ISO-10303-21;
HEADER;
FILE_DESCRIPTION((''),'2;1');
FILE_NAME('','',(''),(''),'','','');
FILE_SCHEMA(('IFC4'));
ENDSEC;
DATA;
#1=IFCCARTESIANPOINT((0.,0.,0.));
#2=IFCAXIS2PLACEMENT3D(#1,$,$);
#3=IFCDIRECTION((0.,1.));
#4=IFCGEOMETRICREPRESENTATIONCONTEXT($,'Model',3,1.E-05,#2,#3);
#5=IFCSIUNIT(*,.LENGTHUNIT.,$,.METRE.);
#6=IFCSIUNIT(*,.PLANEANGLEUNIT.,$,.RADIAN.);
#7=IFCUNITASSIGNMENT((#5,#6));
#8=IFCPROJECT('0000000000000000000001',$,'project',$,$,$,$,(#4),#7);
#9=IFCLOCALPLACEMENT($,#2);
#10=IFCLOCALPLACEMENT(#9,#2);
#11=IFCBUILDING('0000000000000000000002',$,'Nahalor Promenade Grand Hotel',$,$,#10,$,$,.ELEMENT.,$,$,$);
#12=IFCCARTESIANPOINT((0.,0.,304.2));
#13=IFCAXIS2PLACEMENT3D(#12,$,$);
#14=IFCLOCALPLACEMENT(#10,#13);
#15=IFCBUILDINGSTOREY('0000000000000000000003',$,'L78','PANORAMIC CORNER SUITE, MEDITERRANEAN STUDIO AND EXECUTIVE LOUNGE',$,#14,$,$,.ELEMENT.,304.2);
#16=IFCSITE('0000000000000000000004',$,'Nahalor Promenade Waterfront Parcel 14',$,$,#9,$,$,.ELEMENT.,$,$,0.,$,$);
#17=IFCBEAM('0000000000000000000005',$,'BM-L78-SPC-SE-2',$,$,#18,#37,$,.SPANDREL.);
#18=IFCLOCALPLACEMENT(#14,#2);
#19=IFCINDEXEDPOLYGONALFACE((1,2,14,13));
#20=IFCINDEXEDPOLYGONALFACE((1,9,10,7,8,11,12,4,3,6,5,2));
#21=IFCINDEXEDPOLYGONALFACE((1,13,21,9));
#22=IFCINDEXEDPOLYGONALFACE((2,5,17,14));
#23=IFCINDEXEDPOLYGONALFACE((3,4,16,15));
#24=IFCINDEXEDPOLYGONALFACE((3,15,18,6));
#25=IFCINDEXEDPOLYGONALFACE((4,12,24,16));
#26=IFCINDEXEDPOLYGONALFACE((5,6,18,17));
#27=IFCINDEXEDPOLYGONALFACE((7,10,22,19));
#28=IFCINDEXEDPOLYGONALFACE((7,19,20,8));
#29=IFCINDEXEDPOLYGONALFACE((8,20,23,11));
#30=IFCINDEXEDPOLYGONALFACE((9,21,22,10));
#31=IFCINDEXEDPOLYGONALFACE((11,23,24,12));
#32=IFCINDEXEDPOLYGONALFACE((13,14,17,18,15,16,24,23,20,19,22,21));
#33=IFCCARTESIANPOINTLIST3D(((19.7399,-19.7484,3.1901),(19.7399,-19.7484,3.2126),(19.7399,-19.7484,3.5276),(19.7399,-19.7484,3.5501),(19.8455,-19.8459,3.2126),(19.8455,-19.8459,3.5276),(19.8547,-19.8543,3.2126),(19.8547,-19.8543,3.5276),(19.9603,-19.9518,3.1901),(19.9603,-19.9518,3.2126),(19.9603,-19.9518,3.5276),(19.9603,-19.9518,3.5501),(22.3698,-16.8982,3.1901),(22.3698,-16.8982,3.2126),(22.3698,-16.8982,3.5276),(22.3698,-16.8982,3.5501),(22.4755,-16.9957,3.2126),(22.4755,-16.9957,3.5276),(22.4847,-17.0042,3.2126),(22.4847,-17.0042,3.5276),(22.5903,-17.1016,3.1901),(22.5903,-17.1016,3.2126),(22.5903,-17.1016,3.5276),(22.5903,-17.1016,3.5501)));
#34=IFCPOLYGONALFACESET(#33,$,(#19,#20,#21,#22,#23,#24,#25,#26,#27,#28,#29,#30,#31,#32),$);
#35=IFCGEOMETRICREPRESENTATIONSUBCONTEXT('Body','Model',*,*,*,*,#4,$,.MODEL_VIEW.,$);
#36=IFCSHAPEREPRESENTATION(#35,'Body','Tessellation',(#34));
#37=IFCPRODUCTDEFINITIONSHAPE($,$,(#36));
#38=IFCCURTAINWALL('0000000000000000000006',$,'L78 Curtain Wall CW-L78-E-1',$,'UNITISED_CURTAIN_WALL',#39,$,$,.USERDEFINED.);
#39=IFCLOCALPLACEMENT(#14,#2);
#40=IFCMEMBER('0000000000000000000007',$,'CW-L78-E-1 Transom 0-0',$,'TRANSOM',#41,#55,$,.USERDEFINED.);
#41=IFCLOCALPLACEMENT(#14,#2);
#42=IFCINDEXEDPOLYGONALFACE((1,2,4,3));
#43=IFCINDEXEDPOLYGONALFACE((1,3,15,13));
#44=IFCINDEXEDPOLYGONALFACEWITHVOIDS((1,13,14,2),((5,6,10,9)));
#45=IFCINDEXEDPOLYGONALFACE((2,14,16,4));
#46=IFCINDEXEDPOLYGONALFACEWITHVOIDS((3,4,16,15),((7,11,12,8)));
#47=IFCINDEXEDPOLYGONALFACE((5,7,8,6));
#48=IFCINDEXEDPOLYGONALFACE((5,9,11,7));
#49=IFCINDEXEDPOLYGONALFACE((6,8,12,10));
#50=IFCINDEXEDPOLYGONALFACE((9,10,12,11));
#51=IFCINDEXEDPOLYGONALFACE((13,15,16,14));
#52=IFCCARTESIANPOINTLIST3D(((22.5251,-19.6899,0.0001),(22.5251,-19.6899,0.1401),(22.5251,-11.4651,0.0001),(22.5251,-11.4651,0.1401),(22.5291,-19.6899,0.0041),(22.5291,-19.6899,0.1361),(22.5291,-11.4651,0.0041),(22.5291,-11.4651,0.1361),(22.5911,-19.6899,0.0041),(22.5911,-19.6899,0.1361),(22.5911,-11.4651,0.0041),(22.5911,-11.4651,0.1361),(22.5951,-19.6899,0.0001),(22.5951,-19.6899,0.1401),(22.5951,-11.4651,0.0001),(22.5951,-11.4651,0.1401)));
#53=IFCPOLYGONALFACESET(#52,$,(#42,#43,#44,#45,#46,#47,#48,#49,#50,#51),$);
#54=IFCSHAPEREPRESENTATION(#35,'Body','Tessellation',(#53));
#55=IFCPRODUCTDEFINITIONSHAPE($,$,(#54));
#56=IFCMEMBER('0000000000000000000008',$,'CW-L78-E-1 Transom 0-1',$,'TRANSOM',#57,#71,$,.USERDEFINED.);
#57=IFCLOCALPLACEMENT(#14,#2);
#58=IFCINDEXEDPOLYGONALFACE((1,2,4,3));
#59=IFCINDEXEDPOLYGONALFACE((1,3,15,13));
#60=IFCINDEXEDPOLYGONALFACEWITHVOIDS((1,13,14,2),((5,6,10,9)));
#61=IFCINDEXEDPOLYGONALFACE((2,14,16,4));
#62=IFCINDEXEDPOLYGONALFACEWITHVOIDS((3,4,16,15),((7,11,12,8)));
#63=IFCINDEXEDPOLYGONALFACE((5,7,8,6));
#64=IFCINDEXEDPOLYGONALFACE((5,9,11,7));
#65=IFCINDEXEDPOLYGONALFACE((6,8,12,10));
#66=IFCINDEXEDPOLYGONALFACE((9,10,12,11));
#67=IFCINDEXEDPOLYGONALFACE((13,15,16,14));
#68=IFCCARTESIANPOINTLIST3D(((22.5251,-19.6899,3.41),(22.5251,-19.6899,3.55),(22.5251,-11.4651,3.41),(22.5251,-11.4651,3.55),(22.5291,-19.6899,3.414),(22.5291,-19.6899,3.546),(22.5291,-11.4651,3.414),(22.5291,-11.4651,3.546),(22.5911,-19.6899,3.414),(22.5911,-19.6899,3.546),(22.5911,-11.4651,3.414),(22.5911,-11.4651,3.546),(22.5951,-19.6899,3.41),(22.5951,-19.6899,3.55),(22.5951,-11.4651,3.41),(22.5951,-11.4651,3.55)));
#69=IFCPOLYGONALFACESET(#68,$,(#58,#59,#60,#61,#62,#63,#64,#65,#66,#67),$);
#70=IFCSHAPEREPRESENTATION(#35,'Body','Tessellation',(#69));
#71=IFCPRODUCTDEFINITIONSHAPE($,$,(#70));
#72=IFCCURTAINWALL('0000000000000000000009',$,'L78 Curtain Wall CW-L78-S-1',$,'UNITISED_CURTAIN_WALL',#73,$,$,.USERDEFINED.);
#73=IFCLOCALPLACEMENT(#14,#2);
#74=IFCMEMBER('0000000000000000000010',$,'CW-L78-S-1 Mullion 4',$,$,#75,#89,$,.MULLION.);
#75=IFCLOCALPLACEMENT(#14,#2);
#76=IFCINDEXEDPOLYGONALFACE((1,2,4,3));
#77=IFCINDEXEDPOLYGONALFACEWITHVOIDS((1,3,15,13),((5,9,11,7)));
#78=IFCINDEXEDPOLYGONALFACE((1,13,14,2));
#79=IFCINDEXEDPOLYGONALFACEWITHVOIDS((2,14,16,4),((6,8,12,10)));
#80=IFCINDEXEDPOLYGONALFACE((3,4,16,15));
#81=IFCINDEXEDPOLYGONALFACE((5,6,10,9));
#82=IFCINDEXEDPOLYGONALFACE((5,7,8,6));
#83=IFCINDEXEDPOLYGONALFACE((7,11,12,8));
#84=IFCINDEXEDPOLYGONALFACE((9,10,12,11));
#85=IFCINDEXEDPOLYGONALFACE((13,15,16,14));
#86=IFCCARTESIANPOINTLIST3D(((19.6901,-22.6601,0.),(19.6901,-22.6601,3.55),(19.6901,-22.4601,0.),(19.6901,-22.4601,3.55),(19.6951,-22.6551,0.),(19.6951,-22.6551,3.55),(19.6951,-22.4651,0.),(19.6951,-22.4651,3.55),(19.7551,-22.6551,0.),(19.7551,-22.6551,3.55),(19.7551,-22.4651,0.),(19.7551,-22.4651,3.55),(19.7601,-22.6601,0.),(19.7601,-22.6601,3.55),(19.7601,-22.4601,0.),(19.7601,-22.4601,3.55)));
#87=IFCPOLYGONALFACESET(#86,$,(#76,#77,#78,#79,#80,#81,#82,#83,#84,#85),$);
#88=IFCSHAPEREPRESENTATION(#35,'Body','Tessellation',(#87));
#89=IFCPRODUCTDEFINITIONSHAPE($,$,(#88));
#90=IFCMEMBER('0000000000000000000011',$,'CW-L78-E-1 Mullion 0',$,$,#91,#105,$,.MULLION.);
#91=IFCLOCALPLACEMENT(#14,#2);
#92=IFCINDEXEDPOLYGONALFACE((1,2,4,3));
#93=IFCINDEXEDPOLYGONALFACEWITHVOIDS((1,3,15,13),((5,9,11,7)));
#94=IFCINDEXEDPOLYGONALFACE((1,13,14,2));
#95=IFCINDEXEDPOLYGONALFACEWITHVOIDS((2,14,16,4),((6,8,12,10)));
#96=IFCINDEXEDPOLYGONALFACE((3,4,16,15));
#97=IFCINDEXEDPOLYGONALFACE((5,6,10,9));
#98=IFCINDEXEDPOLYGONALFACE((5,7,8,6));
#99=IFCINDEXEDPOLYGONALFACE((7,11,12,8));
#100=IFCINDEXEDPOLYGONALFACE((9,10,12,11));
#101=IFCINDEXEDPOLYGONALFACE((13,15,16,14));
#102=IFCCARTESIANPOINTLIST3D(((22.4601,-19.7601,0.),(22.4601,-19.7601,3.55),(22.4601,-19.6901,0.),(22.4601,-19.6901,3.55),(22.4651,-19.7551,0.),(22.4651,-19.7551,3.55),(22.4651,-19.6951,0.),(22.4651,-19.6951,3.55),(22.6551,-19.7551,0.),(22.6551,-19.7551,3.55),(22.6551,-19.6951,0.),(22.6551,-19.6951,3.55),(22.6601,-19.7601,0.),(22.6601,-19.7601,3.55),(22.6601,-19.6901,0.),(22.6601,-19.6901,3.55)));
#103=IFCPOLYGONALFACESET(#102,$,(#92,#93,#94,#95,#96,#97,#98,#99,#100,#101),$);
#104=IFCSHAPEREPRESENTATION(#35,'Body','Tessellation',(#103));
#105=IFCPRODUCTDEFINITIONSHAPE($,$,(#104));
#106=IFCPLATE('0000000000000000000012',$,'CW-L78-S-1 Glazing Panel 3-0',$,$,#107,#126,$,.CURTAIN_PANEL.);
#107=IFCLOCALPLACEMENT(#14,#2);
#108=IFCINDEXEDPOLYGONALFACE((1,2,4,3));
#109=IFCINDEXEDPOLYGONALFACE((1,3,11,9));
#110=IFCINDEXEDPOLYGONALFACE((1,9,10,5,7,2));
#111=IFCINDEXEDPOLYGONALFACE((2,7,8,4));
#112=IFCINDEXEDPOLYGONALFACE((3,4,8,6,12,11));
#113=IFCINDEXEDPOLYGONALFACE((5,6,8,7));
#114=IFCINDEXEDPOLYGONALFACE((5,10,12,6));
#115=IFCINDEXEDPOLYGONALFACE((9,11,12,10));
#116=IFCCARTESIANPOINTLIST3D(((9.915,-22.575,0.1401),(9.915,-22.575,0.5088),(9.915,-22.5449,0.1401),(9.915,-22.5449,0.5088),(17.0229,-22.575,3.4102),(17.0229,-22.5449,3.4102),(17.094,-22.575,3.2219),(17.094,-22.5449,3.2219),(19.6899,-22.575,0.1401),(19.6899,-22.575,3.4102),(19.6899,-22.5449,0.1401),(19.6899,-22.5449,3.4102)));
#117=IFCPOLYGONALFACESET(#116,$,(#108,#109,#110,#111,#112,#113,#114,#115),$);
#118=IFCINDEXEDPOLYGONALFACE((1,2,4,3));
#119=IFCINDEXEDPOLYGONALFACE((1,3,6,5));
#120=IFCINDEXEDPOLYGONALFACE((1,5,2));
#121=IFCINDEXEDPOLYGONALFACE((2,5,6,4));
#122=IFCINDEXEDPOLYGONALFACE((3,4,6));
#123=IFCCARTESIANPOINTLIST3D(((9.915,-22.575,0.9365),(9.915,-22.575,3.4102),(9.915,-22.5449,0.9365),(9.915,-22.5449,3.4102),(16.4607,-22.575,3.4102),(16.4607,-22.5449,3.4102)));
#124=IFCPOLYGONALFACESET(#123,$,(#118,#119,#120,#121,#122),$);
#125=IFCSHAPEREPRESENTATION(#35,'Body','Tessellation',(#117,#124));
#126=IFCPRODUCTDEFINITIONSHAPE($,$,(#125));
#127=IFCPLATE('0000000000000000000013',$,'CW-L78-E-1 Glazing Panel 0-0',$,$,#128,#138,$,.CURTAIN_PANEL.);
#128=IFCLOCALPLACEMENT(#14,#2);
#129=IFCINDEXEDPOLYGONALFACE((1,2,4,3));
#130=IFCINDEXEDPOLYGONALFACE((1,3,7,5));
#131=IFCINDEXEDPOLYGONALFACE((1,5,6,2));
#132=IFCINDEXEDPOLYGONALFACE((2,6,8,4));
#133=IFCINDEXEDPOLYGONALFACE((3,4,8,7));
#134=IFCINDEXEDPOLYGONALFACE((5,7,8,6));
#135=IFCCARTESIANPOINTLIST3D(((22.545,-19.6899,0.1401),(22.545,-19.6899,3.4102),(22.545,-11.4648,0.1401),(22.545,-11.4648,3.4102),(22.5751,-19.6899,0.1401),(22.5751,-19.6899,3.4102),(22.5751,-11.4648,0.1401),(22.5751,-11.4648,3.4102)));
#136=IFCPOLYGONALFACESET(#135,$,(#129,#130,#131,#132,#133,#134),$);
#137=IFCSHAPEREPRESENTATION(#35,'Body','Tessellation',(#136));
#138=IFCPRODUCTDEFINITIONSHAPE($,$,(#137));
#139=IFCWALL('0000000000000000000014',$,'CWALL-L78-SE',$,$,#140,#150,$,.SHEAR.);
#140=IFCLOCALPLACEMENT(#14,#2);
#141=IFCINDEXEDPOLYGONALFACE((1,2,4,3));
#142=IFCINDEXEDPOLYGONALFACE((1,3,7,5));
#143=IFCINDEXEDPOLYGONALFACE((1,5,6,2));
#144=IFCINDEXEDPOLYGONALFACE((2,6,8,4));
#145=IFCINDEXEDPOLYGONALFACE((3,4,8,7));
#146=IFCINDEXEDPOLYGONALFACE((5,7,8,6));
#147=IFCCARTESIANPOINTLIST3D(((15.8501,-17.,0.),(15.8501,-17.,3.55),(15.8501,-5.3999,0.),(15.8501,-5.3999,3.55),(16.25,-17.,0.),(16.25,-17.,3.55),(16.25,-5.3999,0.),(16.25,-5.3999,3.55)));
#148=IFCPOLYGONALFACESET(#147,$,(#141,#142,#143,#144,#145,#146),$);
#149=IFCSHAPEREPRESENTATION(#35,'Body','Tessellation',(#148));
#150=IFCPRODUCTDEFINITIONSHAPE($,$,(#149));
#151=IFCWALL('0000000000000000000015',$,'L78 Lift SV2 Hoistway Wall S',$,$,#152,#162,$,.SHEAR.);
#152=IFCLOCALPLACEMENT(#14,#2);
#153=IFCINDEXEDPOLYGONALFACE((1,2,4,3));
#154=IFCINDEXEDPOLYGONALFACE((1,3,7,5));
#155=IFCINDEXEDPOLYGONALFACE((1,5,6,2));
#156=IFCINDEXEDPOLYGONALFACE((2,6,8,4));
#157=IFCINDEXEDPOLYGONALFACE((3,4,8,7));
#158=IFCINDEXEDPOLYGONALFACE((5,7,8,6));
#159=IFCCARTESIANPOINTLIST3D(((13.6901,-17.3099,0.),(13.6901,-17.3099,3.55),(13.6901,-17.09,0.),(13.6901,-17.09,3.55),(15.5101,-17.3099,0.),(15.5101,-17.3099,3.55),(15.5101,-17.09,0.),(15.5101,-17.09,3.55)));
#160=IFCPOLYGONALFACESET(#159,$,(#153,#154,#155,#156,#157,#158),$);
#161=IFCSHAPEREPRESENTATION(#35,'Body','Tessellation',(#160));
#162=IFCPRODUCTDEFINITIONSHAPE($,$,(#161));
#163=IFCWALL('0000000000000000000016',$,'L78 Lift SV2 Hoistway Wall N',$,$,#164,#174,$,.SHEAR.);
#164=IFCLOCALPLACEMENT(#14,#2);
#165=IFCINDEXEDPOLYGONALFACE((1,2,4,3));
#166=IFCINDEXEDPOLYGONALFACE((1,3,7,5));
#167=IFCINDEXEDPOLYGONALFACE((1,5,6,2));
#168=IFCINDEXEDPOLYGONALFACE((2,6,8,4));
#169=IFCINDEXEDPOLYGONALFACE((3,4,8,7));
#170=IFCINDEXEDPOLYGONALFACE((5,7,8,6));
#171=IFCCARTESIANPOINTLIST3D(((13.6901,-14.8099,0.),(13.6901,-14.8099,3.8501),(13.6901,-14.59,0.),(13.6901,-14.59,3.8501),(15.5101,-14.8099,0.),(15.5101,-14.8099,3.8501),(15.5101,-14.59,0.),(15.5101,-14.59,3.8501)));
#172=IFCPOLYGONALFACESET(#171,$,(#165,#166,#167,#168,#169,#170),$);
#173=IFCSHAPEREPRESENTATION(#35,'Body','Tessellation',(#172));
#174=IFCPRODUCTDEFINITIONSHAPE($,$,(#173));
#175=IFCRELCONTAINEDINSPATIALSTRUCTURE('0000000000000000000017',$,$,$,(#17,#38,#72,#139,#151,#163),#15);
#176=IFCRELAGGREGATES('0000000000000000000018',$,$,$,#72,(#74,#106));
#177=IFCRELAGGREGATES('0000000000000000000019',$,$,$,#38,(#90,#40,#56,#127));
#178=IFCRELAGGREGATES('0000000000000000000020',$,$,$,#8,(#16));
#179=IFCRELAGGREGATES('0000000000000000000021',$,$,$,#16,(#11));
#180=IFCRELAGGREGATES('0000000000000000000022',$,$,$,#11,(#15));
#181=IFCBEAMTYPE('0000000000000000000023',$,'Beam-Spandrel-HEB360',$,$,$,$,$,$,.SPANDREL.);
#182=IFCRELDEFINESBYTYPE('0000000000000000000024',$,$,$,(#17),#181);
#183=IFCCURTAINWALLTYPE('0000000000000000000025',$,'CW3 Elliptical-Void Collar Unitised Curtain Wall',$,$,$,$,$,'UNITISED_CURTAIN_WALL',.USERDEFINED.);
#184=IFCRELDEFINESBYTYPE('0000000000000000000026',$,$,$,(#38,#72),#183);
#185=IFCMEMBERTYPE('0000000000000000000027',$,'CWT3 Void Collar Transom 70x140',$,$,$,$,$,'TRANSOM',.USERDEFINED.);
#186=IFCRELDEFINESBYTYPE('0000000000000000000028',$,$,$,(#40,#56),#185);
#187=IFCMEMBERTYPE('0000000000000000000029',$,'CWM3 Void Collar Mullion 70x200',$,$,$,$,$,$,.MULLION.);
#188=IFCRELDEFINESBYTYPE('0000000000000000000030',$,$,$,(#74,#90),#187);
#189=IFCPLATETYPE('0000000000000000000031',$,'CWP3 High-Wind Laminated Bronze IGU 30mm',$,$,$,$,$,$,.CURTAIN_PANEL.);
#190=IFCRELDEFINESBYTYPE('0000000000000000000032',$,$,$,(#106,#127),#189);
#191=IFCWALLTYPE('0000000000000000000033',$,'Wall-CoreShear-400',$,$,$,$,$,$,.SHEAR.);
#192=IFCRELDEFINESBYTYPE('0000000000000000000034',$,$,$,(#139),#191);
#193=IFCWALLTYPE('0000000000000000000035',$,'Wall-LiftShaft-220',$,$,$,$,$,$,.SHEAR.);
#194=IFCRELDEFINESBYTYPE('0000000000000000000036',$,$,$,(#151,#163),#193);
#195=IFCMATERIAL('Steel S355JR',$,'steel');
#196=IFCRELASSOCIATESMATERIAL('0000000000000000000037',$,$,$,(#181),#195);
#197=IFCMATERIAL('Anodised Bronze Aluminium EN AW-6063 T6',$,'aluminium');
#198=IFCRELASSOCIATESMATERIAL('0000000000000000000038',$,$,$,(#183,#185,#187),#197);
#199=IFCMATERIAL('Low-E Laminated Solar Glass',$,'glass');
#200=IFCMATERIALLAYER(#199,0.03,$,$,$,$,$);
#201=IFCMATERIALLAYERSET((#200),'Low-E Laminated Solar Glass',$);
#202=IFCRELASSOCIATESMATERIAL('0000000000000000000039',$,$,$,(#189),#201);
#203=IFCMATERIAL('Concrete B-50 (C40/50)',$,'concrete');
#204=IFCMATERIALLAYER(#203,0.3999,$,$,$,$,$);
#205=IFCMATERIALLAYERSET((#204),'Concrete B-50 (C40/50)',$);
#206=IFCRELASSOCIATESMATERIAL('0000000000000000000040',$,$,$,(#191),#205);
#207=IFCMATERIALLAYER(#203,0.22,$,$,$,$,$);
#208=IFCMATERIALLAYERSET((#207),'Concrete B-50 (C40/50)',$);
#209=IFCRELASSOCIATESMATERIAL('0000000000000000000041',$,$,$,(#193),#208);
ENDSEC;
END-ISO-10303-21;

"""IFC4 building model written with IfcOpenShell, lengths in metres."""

from ifc_helpers import new_model, si_unit, direction, frame, frame_2d, origin, origin_2d, place, context, subcontext, project, spatial, polyline, rectangle, hollow_rectangle, i_section, outline, extrude, source, transform, mapped, material, layer, layer_set, material_profile, profile_set, type_object, element, aggregate, save


model = new_model("IFC4")

# Units and contexts
model_context = context("Model", 3, precision=1e-05, world=origin(), true_north=direction((0.0, 1.0)))
body_context = subcontext(model_context, "Body", "Model", "MODEL_VIEW")
ifc_project = project(units=[si_unit("LENGTHUNIT", "METRE"), si_unit("PLANEANGLEUNIT", "RADIAN")], contexts=[model_context])

# Site, building, storey
site_placement = place(None, origin())
site = spatial("IfcSite", under=ifc_project, at=site_placement, Name="Nahalor Promenade Waterfront Parcel 14", CompositionType="ELEMENT", RefElevation=0.0)
building_placement = place(site_placement, origin())
building = spatial("IfcBuilding", under=site, at=building_placement, Name="Nahalor Promenade Grand Hotel", CompositionType="ELEMENT")
storey_placement = place(building_placement, frame((0.0, 0.0, 304.2)))
storey = spatial("IfcBuildingStorey", under=building, at=storey_placement, Name="L78", Description="PANORAMIC CORNER SUITE, MEDITERRANEAN STUDIO AND EXECUTIVE LOUNGE", CompositionType="ELEMENT", Elevation=304.2)

# Shared definitions
ifc_material_1 = material(Name="Concrete B-50 (C40/50)", Category="concrete")
ifc_material_2 = material(Name="Steel S355JR", Category="steel")

# Beam
ifc_material_profile_1 = material_profile(ifc_material_2, i_section(OverallWidth=0.3, OverallDepth=0.36, WebThickness=0.0125, FlangeThickness=0.0225, at=origin_2d()), Name="HEB 360")
ifc_profile_set_1 = profile_set([ifc_material_profile_1], Name="Steel S355JR")
beam_type_1 = type_object("IfcBeamType", Name="Beam-Spandrel-HEB360", PredefinedType="SPANDREL", material=ifc_profile_set_1)
shared_shape_1 = source(origin(), body_context, "Body", "SweptSolid", [
    extrude(i_section(OverallWidth=0.3, OverallDepth=0.36, WebThickness=0.0125, FlangeThickness=0.0225, at=origin_2d()), origin(), (0.0, 0.0, 1.0), 3.8782),
])
for number, where, z_axis, x_axis, name in (
    (1, (19.8501, -19.8501, 3.3701), (0.678144, 0.734929, 0.0), (-0.734929, 0.678144, 0.0), "BM-L78-SPC-SE-2"),
):
    element("IfcBeam", number, at=place(storey_placement, frame(where, z_axis=z_axis, x_axis=x_axis)), inside=storey, type_object=beam_type_1, Name=name, PredefinedType="SPANDREL", context=body_context, shape_type="MappedRepresentation", body=[
        mapped(shared_shape_1, transform((0.0, 0.0, 0.0), scale=1.0)),
    ])

# Curtain wall, members
ifc_material_3 = material(Name="Anodised Bronze Aluminium EN AW-6063 T6", Category="aluminium")
curtain_wall_type = type_object("IfcCurtainWallType", Name="CW3 Elliptical-Void Collar Unitised Curtain Wall", ElementType="UNITISED_CURTAIN_WALL", PredefinedType="USERDEFINED", material=ifc_material_3)
curtain_wall_1_placement = place(storey_placement, origin())
curtain_wall_1 = element("IfcCurtainWall", 2, at=curtain_wall_1_placement, inside=storey, type_object=curtain_wall_type, Name="L78 Curtain Wall CW-L78-E-1", ObjectType="UNITISED_CURTAIN_WALL", PredefinedType="USERDEFINED")
ifc_material_profile_2 = material_profile(ifc_material_3, hollow_rectangle(XDim=0.07, YDim=0.14, WallThickness=0.004, at=origin_2d()), Name="CWT 70x140x4")
ifc_profile_set_2 = profile_set([ifc_material_profile_2], Name="Anodised Bronze Aluminium EN AW-6063 T6")
member_type_1 = type_object("IfcMemberType", Name="CWT3 Void Collar Transom 70x140", ElementType="TRANSOM", PredefinedType="USERDEFINED", material=ifc_profile_set_2)
shared_shape_2 = source(origin(), body_context, "Body", "SweptSolid", [
    extrude(hollow_rectangle(XDim=0.07, YDim=0.14, WallThickness=0.004, at=origin_2d()), origin(), (0.0, 0.0, 1.0), 8.2249),
])
member_1_placement = place(storey_placement, frame((22.5601, -19.6899, 0.0701), z_axis=(0.0, 1.0, 0.0), x_axis=(-1.0, 0.0, 0.0)))
member_1 = element("IfcMember", 3, at=member_1_placement, type_object=member_type_1, Name="CW-L78-E-1 Transom 0-0", ObjectType="TRANSOM", PredefinedType="USERDEFINED", context=body_context, shape_type="MappedRepresentation", body=[
    mapped(shared_shape_2, transform((0.0, 0.0, 0.0), scale=1.0)),
])
member_2_placement = place(storey_placement, frame((22.5601, -19.6899, 3.48), z_axis=(0.0, 1.0, 0.0), x_axis=(-1.0, 0.0, 0.0)))
member_2 = element("IfcMember", 4, at=member_2_placement, type_object=member_type_1, Name="CW-L78-E-1 Transom 0-1", ObjectType="TRANSOM", PredefinedType="USERDEFINED", context=body_context, shape_type="MappedRepresentation", body=[
    mapped(shared_shape_2, transform((0.0, 0.0, 0.0), scale=1.0)),
])

# Curtain wall, member
curtain_wall_2_placement = place(storey_placement, origin())
curtain_wall_2 = element("IfcCurtainWall", 5, at=curtain_wall_2_placement, inside=storey, type_object=curtain_wall_type, Name="L78 Curtain Wall CW-L78-S-1", ObjectType="UNITISED_CURTAIN_WALL", PredefinedType="USERDEFINED")
ifc_material_profile_3 = material_profile(ifc_material_3, hollow_rectangle(XDim=0.07, YDim=0.2, WallThickness=0.005, at=origin_2d()), Name="CWM 70x200x5")
ifc_profile_set_3 = profile_set([ifc_material_profile_3], Name="Anodised Bronze Aluminium EN AW-6063 T6")
member_type_2 = type_object("IfcMemberType", Name="CWM3 Void Collar Mullion 70x200", PredefinedType="MULLION", material=ifc_profile_set_3)
shared_shape_3 = source(origin(), body_context, "Body", "SweptSolid", [
    extrude(hollow_rectangle(XDim=0.07, YDim=0.2, WallThickness=0.005, at=origin_2d()), origin(), (0.0, 0.0, 1.0), 3.55),
])
member_3_placement = place(storey_placement, frame((19.7251, -22.5601, 0.0), z_axis=(0.0, 0.0, 1.0), x_axis=(1.0, 0.0, 0.0)))
member_3 = element("IfcMember", 6, at=member_3_placement, type_object=member_type_2, Name="CW-L78-S-1 Mullion 4", PredefinedType="MULLION", context=body_context, shape_type="MappedRepresentation", body=[
    mapped(shared_shape_3, transform((0.0, 0.0, 0.0), scale=1.0)),
])

# Member
member_4_placement = place(storey_placement, frame((22.5601, -19.7251, 0.0), z_axis=(0.0, 0.0, 1.0), x_axis=(0.0, 1.0, 0.0)))
member_4 = element("IfcMember", 7, at=member_4_placement, type_object=member_type_2, Name="CW-L78-E-1 Mullion 0", PredefinedType="MULLION", context=body_context, shape_type="MappedRepresentation", body=[
    mapped(shared_shape_3, transform((0.0, 0.0, 0.0), scale=1.0)),
])

# Plates
ifc_material_4 = material(Name="Low-E Laminated Solar Glass", Category="glass")
ifc_layer_1 = layer(ifc_material_4, 0.03)
ifc_layer_set_1 = layer_set([ifc_layer_1], Name="Low-E Laminated Solar Glass")
plate_type = type_object("IfcPlateType", Name="CWP3 High-Wind Laminated Bronze IGU 30mm", PredefinedType="CURTAIN_PANEL", material=ifc_layer_set_1)
plate_1_placement = place(storey_placement, frame((14.8025, -22.5601, 0.1401), z_axis=(0.0, 0.0, 1.0), x_axis=(1.0, 0.0, 0.0)))
plate_1 = element("IfcPlate", 8, at=plate_1_placement, type_object=plate_type, Name="CW-L78-S-1 Glazing Panel 3-0", PredefinedType="CURTAIN_PANEL", context=body_context, shape_type="SweptSolid", body=[
    extrude(outline(polyline([(4.8875, 0.0), (4.8875, 3.27), (2.2205, 3.27), (2.2915, 3.0818), (-4.8875, 0.3687), (-4.8875, 0.0), (4.8875, 0.0)])), frame((0.0, 0.0151, 0.0), z_axis=(0.0, -1.0, 0.0), x_axis=(1.0, 0.0, 0.0)), (0.0, 0.0, 1.0), 0.03),
    extrude(outline(polyline([(1.6582, 3.27), (-4.8875, 3.27), (-4.8875, 0.7964), (1.6582, 3.27)])), frame((0.0, 0.0151, 0.0), z_axis=(0.0, -1.0, 0.0), x_axis=(1.0, 0.0, 0.0)), (0.0, 0.0, 1.0), 0.03),
])
aggregate(curtain_wall_2, [member_3, plate_1])
shared_shape_4 = source(origin(), body_context, "Body", "SweptSolid", [
    extrude(rectangle(XDim=8.2251, YDim=0.03, at=origin_2d()), origin(), (0.0, 0.0, 1.0), 3.27),
])
plate_2_placement = place(storey_placement, frame((22.5601, -15.5774, 0.1401), z_axis=(0.0, 0.0, 1.0), x_axis=(0.0, 1.0, 0.0)))
plate_2 = element("IfcPlate", 9, at=plate_2_placement, type_object=plate_type, Name="CW-L78-E-1 Glazing Panel 0-0", PredefinedType="CURTAIN_PANEL", context=body_context, shape_type="MappedRepresentation", body=[
    mapped(shared_shape_4, transform((0.0, 0.0, 0.0), scale=1.0)),
])
aggregate(curtain_wall_1, [member_4, member_1, member_2, plate_2])

# Walls
ifc_layer_2 = layer(ifc_material_1, 0.3999)
ifc_layer_set_2 = layer_set([ifc_layer_2], Name="Concrete B-50 (C40/50)")
wall_type_1 = type_object("IfcWallType", Name="Wall-CoreShear-400", PredefinedType="SHEAR", material=ifc_layer_set_2)
shared_shape_5 = source(origin(), body_context, "Body", "SweptSolid", [
    extrude(rectangle(XDim=11.6001, YDim=0.3999, at=frame_2d((5.8, 0.0))), origin(), (0.0, 0.0, 1.0), 3.55),
])
wall_1_placement = place(storey_placement, frame((16.05, -17.0, 0.0), z_axis=(0.0, 0.0, 1.0), x_axis=(0.0, 1.0, 0.0)))
element("IfcWall", 10, at=wall_1_placement, inside=storey, type_object=wall_type_1, Name="CWALL-L78-SE", PredefinedType="SHEAR", context=body_context, shape_type="MappedRepresentation", body=[
    mapped(shared_shape_5, transform((0.0, 0.0, 0.0), scale=1.0)),
])
ifc_layer_3 = layer(ifc_material_1, 0.22)
ifc_layer_set_3 = layer_set([ifc_layer_3], Name="Concrete B-50 (C40/50)")
wall_type_2 = type_object("IfcWallType", Name="Wall-LiftShaft-220", PredefinedType="SHEAR", material=ifc_layer_set_3)
shared_shape_6 = source(origin(), body_context, "Body", "SweptSolid", [
    extrude(rectangle(XDim=1.8201, YDim=0.22, at=frame_2d((0.9102, 0.0))), origin(), (0.0, 0.0, 1.0), 3.55),
])
wall_2_placement = place(storey_placement, frame((13.6899, -17.2, 0.0), z_axis=(0.0, 0.0, 1.0), x_axis=(1.0, 0.0, 0.0)))
element("IfcWall", 11, at=wall_2_placement, inside=storey, type_object=wall_type_2, Name="L78 Lift SV2 Hoistway Wall S", PredefinedType="SHEAR", context=body_context, shape_type="MappedRepresentation", body=[
    mapped(shared_shape_6, transform((0.0, 0.0, 0.0), scale=1.0)),
])
shared_shape_7 = source(origin(), body_context, "Body", "SweptSolid", [
    extrude(rectangle(XDim=1.8201, YDim=0.22, at=frame_2d((0.9102, 0.0))), origin(), (0.0, 0.0, 1.0), 3.8501),
])
wall_3_placement = place(storey_placement, frame((13.6899, -14.7, 0.0), z_axis=(0.0, 0.0, 1.0), x_axis=(1.0, 0.0, 0.0)))
element("IfcWall", 12, at=wall_3_placement, inside=storey, type_object=wall_type_2, Name="L78 Lift SV2 Hoistway Wall N", PredefinedType="SHEAR", context=body_context, shape_type="MappedRepresentation", body=[
    mapped(shared_shape_7, transform((0.0, 0.0, 0.0), scale=1.0)),
])

save(model, "model.ifc")
